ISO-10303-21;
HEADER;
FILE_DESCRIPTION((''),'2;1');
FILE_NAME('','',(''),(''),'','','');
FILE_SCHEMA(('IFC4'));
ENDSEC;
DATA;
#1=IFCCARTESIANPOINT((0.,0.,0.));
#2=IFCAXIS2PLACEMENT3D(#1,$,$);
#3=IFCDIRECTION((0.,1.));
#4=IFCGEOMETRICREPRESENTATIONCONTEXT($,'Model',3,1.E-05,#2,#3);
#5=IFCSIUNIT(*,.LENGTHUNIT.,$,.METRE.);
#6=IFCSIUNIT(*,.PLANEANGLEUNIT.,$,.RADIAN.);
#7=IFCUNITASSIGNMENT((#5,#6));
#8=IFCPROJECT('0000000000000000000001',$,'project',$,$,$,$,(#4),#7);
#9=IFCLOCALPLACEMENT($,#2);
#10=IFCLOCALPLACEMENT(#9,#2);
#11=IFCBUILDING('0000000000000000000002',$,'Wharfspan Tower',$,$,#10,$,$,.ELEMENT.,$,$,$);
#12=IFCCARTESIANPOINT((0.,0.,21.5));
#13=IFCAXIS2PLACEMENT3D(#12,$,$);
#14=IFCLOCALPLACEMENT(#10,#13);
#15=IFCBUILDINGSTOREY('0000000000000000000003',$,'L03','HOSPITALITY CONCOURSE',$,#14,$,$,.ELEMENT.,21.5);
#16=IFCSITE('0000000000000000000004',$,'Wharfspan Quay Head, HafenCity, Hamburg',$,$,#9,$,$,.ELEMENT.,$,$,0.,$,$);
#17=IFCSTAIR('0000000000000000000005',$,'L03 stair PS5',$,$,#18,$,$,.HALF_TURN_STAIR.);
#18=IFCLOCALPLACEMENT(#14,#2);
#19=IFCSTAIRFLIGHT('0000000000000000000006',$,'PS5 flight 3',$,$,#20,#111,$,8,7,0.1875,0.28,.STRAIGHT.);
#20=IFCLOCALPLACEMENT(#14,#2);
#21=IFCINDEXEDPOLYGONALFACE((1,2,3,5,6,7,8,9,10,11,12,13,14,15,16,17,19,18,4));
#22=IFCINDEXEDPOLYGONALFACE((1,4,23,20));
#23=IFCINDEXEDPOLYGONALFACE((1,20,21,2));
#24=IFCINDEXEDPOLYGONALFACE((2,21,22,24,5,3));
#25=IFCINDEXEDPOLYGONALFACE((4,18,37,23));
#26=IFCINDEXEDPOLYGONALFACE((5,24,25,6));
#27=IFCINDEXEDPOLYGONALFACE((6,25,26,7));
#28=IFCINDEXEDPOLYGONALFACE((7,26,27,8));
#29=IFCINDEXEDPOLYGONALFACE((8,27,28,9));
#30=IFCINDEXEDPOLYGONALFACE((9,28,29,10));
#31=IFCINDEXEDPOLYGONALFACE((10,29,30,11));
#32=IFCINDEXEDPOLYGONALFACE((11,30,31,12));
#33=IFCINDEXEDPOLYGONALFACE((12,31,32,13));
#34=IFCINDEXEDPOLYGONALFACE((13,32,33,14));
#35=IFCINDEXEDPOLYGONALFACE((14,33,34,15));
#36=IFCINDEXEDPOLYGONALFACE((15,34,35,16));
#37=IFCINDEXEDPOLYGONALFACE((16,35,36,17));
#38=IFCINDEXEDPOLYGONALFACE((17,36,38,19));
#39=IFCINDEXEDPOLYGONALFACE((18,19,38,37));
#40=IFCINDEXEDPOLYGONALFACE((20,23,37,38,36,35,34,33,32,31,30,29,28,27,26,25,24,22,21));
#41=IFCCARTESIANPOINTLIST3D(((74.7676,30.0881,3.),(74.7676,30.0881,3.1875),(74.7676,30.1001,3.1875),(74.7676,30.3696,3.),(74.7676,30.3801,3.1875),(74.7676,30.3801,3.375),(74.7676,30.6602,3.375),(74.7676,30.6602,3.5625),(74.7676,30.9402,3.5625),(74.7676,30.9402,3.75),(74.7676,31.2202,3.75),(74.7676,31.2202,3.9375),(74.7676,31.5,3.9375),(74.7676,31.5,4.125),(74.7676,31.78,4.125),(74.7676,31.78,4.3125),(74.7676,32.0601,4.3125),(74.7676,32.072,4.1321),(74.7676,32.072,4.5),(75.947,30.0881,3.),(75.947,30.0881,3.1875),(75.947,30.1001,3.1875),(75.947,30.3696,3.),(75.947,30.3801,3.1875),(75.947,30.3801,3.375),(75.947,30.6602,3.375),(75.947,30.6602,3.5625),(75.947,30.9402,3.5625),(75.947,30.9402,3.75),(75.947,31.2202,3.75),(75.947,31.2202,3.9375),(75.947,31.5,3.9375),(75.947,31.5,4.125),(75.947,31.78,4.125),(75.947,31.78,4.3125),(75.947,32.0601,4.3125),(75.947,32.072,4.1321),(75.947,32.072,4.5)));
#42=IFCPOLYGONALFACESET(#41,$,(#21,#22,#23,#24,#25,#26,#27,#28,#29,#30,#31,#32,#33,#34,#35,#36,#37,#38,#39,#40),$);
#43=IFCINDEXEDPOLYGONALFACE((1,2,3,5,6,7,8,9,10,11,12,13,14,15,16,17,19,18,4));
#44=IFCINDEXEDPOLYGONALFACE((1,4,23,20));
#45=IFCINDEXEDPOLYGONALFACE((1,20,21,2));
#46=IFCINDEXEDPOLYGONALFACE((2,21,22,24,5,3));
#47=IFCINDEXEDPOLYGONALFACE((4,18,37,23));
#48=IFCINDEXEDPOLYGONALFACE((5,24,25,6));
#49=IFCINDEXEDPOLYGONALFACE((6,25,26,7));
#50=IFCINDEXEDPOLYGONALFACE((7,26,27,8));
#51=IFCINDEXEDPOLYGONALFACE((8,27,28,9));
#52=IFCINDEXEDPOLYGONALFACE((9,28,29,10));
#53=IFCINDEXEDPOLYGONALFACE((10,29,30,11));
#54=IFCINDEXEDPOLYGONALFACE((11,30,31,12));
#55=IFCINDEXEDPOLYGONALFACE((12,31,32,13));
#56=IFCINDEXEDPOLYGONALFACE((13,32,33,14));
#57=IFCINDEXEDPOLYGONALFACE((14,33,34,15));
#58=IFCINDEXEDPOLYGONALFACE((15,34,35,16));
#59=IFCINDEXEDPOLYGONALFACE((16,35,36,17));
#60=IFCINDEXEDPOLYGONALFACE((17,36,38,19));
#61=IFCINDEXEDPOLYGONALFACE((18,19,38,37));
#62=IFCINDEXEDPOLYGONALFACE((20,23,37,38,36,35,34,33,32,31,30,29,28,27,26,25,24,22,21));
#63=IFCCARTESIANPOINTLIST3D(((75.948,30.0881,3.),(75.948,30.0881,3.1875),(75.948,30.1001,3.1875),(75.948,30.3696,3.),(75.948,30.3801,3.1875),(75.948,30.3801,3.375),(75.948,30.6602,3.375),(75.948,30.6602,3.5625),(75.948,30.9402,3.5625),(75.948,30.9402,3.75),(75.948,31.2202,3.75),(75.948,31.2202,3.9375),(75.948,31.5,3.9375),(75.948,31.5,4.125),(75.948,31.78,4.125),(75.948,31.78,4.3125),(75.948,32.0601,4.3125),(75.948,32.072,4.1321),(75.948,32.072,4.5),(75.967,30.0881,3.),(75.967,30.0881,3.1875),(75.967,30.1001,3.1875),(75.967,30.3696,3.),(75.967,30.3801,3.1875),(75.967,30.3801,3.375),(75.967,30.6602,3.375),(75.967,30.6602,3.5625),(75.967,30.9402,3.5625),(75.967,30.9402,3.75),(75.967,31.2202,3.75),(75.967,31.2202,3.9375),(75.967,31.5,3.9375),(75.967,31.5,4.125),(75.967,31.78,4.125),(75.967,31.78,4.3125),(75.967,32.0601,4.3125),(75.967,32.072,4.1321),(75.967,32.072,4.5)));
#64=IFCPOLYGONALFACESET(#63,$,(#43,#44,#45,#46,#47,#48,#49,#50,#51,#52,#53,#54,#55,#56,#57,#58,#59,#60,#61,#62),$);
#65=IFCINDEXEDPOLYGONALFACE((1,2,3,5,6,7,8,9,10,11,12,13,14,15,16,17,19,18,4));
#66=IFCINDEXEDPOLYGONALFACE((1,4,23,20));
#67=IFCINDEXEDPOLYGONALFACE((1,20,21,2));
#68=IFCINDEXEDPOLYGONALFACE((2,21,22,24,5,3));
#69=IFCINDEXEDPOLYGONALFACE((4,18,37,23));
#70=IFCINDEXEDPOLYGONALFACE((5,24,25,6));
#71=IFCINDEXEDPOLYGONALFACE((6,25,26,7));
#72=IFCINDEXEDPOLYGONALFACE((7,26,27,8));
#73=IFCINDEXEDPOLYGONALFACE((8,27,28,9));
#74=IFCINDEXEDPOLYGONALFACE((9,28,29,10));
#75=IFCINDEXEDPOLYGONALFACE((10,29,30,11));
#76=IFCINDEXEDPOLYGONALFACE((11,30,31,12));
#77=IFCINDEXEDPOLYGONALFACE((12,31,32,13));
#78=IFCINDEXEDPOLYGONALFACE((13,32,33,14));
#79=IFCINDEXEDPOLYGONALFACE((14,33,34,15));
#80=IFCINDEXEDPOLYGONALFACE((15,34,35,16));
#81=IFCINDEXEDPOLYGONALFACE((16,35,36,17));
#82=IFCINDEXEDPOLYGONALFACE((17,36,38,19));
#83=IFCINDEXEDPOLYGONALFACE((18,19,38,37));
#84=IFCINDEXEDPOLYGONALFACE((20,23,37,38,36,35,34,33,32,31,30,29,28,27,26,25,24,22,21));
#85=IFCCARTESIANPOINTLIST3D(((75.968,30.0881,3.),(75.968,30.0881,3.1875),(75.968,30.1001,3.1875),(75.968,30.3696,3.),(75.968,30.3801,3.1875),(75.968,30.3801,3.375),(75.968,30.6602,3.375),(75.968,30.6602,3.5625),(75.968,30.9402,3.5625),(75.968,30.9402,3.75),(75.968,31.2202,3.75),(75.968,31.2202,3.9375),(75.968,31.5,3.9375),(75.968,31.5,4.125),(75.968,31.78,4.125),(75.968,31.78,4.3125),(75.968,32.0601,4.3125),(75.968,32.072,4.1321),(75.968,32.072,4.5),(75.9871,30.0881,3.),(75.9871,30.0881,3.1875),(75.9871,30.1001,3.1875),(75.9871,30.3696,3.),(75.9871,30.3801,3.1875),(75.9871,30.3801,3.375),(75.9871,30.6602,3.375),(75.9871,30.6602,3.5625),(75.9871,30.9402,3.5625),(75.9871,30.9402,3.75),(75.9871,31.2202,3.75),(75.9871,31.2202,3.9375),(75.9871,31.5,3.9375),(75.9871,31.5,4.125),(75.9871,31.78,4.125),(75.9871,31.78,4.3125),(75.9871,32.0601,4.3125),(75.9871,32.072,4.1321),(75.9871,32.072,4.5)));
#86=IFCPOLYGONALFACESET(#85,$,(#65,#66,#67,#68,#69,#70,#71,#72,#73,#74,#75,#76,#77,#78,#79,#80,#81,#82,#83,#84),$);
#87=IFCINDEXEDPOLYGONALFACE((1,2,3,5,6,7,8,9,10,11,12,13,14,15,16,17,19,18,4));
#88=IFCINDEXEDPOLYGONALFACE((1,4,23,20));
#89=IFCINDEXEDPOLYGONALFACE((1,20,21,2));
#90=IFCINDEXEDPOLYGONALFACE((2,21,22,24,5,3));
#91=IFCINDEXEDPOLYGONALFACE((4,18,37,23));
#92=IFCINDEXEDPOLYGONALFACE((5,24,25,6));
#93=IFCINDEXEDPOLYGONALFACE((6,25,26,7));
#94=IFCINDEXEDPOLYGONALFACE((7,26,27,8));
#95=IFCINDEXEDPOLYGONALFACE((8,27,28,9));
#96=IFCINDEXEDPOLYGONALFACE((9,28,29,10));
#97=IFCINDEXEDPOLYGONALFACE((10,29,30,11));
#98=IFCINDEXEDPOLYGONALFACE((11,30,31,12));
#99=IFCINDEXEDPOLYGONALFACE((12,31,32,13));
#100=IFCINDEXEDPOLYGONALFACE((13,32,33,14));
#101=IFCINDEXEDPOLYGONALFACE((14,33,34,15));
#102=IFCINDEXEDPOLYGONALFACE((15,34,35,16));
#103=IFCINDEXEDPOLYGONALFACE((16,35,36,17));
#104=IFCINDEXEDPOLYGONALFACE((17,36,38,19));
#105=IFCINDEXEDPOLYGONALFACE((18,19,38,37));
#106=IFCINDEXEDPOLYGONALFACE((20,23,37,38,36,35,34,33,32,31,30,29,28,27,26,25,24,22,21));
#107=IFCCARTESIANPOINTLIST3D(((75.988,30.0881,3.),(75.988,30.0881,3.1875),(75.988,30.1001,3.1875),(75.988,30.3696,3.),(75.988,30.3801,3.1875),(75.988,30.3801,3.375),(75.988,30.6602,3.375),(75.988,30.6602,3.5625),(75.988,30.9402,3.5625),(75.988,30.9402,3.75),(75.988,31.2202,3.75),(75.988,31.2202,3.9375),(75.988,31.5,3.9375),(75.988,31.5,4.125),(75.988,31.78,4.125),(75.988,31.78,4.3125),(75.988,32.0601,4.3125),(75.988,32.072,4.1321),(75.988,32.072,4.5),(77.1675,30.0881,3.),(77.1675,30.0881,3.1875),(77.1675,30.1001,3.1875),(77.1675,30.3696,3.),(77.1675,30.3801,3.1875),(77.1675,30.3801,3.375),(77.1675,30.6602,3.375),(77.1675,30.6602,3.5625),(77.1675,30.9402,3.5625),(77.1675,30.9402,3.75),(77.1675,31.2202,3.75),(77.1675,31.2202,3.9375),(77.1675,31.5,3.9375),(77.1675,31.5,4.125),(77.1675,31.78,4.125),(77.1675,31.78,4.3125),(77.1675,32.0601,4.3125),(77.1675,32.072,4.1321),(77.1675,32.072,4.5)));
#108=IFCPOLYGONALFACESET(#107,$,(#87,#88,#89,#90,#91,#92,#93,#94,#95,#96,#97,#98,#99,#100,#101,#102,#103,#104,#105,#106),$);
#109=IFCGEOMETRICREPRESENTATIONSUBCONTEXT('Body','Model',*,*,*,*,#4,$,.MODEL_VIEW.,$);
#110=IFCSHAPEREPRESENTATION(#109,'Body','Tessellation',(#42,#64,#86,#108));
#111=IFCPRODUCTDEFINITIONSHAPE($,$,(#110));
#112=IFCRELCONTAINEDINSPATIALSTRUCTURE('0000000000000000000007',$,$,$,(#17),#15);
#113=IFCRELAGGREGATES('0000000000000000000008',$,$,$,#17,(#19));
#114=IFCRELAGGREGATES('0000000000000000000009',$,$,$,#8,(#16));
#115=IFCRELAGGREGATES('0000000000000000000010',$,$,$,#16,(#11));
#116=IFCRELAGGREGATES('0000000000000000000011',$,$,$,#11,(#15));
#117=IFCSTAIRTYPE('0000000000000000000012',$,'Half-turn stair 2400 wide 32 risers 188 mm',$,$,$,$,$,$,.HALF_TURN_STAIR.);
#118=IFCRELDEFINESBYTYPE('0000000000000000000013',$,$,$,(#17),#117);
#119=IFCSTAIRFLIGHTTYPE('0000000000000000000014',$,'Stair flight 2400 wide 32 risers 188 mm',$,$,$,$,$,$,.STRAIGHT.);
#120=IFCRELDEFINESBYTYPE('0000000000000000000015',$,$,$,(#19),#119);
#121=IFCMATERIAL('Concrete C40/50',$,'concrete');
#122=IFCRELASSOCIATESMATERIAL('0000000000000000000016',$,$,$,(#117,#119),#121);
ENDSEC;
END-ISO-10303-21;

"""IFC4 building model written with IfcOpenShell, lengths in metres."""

from ifc_helpers import new_model, si_unit, direction, frame, origin, place, context, subcontext, project, spatial, polyline, outline, extrude, material, type_object, element, aggregate, save


model = new_model("IFC4")

# Units and contexts
model_context = context("Model", 3, precision=1e-05, world=origin(), true_north=direction((0.0, 1.0)))
body_context = subcontext(model_context, "Body", "Model", "MODEL_VIEW")
ifc_project = project(units=[si_unit("LENGTHUNIT", "METRE"), si_unit("PLANEANGLEUNIT", "RADIAN")], contexts=[model_context])

# Site, building, storey
site_placement = place(None, origin())
site = spatial("IfcSite", under=ifc_project, at=site_placement, Name="Wharfspan Quay Head, HafenCity, Hamburg", CompositionType="ELEMENT", RefElevation=0.0)
building_placement = place(site_placement, origin())
building = spatial("IfcBuilding", under=site, at=building_placement, Name="Wharfspan Tower", CompositionType="ELEMENT")
storey_placement = place(building_placement, frame((0.0, 0.0, 21.5)))
storey = spatial("IfcBuildingStorey", under=building, at=storey_placement, Name="L03", Description="HOSPITALITY CONCOURSE", CompositionType="ELEMENT", Elevation=21.5)

# Shared definitions
ifc_material_1 = material(Name="Concrete C40/50", Category="concrete")

# Stair, stair flight
stair_type = type_object("IfcStairType", Name="Half-turn stair 2400 wide 32 risers 188 mm", PredefinedType="HALF_TURN_STAIR", material=ifc_material_1)
stair_placement = place(storey_placement, origin())
stair = element("IfcStair", 1, at=stair_placement, inside=storey, type_object=stair_type, Name="L03 stair PS5", PredefinedType="HALF_TURN_STAIR")
stair_flight_type = type_object("IfcStairFlightType", Name="Stair flight 2400 wide 32 risers 188 mm", PredefinedType="STRAIGHT", material=ifc_material_1)
stair_flight_1_placement = place(storey_placement, frame((75.9675, 30.1001, 3.0), z_axis=(0.0, 0.0, 1.0), x_axis=(0.0, 1.0, 0.0)))
stair_flight_1 = element("IfcStairFlight", 2, at=stair_flight_1_placement, type_object=stair_flight_type, Name="PS5 flight 3", NumberOfRisers=8, NumberOfTreads=7, PredefinedType="STRAIGHT", RiserHeight=0.1875, TreadLength=0.28, context=body_context, shape_type="SweptSolid", body=[
    extrude(outline(polyline([(-0.012, 0.0), (-0.012, 0.1875), (0.0, 0.1875), (0.28, 0.1875), (0.28, 0.375), (0.5601, 0.375), (0.5601, 0.5625), (0.8401, 0.5625), (0.8401, 0.75), (1.1201, 0.75), (1.1201, 0.9375), (1.3999, 0.9375), (1.3999, 1.125), (1.6799, 1.125), (1.6799, 1.3125), (1.96, 1.3125), (1.9719, 1.5), (1.9719, 1.1321), (0.2695, 0.0), (-0.012, 0.0)])), frame((0.0, 1.2, 0.0), z_axis=(0.0, -1.0, 0.0), x_axis=(1.0, 0.0, 0.0)), (0.0, 0.0, 1.0), 1.1794),
    extrude(outline(polyline([(-0.012, 0.0), (-0.012, 0.1875), (0.0, 0.1875), (0.28, 0.1875), (0.28, 0.375), (0.5601, 0.375), (0.5601, 0.5625), (0.8401, 0.5625), (0.8401, 0.75), (1.1201, 0.75), (1.1201, 0.9375), (1.3999, 0.9375), (1.3999, 1.125), (1.6799, 1.125), (1.6799, 1.3125), (1.96, 1.3125), (1.9719, 1.5), (1.9719, 1.1321), (0.2695, 0.0), (-0.012, 0.0)])), frame((0.0, 0.0195, 0.0), z_axis=(0.0, -1.0, 0.0), x_axis=(1.0, 0.0, 0.0)), (0.0, 0.0, 1.0), 0.019),
    extrude(outline(polyline([(-0.012, 0.0), (-0.012, 0.1875), (0.0, 0.1875), (0.28, 0.1875), (0.28, 0.375), (0.5601, 0.375), (0.5601, 0.5625), (0.8401, 0.5625), (0.8401, 0.75), (1.1201, 0.75), (1.1201, 0.9375), (1.3999, 0.9375), (1.3999, 1.125), (1.6799, 1.125), (1.6799, 1.3125), (1.96, 1.3125), (1.9719, 1.5), (1.9719, 1.1321), (0.2695, 0.0), (-0.012, 0.0)])), frame((0.0, -0.0005, 0.0), z_axis=(0.0, -1.0, 0.0), x_axis=(1.0, 0.0, 0.0)), (0.0, 0.0, 1.0), 0.019),
    extrude(outline(polyline([(-0.012, 0.0), (-0.012, 0.1875), (0.0, 0.1875), (0.28, 0.1875), (0.28, 0.375), (0.5601, 0.375), (0.5601, 0.5625), (0.8401, 0.5625), (0.8401, 0.75), (1.1201, 0.75), (1.1201, 0.9375), (1.3999, 0.9375), (1.3999, 1.125), (1.6799, 1.125), (1.6799, 1.3125), (1.96, 1.3125), (1.9719, 1.5), (1.9719, 1.1321), (0.2695, 0.0), (-0.012, 0.0)])), frame((0.0, -0.0205, 0.0), z_axis=(0.0, -1.0, 0.0), x_axis=(1.0, 0.0, 0.0)), (0.0, 0.0, 1.0), 1.1794),
])
aggregate(stair, [stair_flight_1])

save(model, "model.ifc")
